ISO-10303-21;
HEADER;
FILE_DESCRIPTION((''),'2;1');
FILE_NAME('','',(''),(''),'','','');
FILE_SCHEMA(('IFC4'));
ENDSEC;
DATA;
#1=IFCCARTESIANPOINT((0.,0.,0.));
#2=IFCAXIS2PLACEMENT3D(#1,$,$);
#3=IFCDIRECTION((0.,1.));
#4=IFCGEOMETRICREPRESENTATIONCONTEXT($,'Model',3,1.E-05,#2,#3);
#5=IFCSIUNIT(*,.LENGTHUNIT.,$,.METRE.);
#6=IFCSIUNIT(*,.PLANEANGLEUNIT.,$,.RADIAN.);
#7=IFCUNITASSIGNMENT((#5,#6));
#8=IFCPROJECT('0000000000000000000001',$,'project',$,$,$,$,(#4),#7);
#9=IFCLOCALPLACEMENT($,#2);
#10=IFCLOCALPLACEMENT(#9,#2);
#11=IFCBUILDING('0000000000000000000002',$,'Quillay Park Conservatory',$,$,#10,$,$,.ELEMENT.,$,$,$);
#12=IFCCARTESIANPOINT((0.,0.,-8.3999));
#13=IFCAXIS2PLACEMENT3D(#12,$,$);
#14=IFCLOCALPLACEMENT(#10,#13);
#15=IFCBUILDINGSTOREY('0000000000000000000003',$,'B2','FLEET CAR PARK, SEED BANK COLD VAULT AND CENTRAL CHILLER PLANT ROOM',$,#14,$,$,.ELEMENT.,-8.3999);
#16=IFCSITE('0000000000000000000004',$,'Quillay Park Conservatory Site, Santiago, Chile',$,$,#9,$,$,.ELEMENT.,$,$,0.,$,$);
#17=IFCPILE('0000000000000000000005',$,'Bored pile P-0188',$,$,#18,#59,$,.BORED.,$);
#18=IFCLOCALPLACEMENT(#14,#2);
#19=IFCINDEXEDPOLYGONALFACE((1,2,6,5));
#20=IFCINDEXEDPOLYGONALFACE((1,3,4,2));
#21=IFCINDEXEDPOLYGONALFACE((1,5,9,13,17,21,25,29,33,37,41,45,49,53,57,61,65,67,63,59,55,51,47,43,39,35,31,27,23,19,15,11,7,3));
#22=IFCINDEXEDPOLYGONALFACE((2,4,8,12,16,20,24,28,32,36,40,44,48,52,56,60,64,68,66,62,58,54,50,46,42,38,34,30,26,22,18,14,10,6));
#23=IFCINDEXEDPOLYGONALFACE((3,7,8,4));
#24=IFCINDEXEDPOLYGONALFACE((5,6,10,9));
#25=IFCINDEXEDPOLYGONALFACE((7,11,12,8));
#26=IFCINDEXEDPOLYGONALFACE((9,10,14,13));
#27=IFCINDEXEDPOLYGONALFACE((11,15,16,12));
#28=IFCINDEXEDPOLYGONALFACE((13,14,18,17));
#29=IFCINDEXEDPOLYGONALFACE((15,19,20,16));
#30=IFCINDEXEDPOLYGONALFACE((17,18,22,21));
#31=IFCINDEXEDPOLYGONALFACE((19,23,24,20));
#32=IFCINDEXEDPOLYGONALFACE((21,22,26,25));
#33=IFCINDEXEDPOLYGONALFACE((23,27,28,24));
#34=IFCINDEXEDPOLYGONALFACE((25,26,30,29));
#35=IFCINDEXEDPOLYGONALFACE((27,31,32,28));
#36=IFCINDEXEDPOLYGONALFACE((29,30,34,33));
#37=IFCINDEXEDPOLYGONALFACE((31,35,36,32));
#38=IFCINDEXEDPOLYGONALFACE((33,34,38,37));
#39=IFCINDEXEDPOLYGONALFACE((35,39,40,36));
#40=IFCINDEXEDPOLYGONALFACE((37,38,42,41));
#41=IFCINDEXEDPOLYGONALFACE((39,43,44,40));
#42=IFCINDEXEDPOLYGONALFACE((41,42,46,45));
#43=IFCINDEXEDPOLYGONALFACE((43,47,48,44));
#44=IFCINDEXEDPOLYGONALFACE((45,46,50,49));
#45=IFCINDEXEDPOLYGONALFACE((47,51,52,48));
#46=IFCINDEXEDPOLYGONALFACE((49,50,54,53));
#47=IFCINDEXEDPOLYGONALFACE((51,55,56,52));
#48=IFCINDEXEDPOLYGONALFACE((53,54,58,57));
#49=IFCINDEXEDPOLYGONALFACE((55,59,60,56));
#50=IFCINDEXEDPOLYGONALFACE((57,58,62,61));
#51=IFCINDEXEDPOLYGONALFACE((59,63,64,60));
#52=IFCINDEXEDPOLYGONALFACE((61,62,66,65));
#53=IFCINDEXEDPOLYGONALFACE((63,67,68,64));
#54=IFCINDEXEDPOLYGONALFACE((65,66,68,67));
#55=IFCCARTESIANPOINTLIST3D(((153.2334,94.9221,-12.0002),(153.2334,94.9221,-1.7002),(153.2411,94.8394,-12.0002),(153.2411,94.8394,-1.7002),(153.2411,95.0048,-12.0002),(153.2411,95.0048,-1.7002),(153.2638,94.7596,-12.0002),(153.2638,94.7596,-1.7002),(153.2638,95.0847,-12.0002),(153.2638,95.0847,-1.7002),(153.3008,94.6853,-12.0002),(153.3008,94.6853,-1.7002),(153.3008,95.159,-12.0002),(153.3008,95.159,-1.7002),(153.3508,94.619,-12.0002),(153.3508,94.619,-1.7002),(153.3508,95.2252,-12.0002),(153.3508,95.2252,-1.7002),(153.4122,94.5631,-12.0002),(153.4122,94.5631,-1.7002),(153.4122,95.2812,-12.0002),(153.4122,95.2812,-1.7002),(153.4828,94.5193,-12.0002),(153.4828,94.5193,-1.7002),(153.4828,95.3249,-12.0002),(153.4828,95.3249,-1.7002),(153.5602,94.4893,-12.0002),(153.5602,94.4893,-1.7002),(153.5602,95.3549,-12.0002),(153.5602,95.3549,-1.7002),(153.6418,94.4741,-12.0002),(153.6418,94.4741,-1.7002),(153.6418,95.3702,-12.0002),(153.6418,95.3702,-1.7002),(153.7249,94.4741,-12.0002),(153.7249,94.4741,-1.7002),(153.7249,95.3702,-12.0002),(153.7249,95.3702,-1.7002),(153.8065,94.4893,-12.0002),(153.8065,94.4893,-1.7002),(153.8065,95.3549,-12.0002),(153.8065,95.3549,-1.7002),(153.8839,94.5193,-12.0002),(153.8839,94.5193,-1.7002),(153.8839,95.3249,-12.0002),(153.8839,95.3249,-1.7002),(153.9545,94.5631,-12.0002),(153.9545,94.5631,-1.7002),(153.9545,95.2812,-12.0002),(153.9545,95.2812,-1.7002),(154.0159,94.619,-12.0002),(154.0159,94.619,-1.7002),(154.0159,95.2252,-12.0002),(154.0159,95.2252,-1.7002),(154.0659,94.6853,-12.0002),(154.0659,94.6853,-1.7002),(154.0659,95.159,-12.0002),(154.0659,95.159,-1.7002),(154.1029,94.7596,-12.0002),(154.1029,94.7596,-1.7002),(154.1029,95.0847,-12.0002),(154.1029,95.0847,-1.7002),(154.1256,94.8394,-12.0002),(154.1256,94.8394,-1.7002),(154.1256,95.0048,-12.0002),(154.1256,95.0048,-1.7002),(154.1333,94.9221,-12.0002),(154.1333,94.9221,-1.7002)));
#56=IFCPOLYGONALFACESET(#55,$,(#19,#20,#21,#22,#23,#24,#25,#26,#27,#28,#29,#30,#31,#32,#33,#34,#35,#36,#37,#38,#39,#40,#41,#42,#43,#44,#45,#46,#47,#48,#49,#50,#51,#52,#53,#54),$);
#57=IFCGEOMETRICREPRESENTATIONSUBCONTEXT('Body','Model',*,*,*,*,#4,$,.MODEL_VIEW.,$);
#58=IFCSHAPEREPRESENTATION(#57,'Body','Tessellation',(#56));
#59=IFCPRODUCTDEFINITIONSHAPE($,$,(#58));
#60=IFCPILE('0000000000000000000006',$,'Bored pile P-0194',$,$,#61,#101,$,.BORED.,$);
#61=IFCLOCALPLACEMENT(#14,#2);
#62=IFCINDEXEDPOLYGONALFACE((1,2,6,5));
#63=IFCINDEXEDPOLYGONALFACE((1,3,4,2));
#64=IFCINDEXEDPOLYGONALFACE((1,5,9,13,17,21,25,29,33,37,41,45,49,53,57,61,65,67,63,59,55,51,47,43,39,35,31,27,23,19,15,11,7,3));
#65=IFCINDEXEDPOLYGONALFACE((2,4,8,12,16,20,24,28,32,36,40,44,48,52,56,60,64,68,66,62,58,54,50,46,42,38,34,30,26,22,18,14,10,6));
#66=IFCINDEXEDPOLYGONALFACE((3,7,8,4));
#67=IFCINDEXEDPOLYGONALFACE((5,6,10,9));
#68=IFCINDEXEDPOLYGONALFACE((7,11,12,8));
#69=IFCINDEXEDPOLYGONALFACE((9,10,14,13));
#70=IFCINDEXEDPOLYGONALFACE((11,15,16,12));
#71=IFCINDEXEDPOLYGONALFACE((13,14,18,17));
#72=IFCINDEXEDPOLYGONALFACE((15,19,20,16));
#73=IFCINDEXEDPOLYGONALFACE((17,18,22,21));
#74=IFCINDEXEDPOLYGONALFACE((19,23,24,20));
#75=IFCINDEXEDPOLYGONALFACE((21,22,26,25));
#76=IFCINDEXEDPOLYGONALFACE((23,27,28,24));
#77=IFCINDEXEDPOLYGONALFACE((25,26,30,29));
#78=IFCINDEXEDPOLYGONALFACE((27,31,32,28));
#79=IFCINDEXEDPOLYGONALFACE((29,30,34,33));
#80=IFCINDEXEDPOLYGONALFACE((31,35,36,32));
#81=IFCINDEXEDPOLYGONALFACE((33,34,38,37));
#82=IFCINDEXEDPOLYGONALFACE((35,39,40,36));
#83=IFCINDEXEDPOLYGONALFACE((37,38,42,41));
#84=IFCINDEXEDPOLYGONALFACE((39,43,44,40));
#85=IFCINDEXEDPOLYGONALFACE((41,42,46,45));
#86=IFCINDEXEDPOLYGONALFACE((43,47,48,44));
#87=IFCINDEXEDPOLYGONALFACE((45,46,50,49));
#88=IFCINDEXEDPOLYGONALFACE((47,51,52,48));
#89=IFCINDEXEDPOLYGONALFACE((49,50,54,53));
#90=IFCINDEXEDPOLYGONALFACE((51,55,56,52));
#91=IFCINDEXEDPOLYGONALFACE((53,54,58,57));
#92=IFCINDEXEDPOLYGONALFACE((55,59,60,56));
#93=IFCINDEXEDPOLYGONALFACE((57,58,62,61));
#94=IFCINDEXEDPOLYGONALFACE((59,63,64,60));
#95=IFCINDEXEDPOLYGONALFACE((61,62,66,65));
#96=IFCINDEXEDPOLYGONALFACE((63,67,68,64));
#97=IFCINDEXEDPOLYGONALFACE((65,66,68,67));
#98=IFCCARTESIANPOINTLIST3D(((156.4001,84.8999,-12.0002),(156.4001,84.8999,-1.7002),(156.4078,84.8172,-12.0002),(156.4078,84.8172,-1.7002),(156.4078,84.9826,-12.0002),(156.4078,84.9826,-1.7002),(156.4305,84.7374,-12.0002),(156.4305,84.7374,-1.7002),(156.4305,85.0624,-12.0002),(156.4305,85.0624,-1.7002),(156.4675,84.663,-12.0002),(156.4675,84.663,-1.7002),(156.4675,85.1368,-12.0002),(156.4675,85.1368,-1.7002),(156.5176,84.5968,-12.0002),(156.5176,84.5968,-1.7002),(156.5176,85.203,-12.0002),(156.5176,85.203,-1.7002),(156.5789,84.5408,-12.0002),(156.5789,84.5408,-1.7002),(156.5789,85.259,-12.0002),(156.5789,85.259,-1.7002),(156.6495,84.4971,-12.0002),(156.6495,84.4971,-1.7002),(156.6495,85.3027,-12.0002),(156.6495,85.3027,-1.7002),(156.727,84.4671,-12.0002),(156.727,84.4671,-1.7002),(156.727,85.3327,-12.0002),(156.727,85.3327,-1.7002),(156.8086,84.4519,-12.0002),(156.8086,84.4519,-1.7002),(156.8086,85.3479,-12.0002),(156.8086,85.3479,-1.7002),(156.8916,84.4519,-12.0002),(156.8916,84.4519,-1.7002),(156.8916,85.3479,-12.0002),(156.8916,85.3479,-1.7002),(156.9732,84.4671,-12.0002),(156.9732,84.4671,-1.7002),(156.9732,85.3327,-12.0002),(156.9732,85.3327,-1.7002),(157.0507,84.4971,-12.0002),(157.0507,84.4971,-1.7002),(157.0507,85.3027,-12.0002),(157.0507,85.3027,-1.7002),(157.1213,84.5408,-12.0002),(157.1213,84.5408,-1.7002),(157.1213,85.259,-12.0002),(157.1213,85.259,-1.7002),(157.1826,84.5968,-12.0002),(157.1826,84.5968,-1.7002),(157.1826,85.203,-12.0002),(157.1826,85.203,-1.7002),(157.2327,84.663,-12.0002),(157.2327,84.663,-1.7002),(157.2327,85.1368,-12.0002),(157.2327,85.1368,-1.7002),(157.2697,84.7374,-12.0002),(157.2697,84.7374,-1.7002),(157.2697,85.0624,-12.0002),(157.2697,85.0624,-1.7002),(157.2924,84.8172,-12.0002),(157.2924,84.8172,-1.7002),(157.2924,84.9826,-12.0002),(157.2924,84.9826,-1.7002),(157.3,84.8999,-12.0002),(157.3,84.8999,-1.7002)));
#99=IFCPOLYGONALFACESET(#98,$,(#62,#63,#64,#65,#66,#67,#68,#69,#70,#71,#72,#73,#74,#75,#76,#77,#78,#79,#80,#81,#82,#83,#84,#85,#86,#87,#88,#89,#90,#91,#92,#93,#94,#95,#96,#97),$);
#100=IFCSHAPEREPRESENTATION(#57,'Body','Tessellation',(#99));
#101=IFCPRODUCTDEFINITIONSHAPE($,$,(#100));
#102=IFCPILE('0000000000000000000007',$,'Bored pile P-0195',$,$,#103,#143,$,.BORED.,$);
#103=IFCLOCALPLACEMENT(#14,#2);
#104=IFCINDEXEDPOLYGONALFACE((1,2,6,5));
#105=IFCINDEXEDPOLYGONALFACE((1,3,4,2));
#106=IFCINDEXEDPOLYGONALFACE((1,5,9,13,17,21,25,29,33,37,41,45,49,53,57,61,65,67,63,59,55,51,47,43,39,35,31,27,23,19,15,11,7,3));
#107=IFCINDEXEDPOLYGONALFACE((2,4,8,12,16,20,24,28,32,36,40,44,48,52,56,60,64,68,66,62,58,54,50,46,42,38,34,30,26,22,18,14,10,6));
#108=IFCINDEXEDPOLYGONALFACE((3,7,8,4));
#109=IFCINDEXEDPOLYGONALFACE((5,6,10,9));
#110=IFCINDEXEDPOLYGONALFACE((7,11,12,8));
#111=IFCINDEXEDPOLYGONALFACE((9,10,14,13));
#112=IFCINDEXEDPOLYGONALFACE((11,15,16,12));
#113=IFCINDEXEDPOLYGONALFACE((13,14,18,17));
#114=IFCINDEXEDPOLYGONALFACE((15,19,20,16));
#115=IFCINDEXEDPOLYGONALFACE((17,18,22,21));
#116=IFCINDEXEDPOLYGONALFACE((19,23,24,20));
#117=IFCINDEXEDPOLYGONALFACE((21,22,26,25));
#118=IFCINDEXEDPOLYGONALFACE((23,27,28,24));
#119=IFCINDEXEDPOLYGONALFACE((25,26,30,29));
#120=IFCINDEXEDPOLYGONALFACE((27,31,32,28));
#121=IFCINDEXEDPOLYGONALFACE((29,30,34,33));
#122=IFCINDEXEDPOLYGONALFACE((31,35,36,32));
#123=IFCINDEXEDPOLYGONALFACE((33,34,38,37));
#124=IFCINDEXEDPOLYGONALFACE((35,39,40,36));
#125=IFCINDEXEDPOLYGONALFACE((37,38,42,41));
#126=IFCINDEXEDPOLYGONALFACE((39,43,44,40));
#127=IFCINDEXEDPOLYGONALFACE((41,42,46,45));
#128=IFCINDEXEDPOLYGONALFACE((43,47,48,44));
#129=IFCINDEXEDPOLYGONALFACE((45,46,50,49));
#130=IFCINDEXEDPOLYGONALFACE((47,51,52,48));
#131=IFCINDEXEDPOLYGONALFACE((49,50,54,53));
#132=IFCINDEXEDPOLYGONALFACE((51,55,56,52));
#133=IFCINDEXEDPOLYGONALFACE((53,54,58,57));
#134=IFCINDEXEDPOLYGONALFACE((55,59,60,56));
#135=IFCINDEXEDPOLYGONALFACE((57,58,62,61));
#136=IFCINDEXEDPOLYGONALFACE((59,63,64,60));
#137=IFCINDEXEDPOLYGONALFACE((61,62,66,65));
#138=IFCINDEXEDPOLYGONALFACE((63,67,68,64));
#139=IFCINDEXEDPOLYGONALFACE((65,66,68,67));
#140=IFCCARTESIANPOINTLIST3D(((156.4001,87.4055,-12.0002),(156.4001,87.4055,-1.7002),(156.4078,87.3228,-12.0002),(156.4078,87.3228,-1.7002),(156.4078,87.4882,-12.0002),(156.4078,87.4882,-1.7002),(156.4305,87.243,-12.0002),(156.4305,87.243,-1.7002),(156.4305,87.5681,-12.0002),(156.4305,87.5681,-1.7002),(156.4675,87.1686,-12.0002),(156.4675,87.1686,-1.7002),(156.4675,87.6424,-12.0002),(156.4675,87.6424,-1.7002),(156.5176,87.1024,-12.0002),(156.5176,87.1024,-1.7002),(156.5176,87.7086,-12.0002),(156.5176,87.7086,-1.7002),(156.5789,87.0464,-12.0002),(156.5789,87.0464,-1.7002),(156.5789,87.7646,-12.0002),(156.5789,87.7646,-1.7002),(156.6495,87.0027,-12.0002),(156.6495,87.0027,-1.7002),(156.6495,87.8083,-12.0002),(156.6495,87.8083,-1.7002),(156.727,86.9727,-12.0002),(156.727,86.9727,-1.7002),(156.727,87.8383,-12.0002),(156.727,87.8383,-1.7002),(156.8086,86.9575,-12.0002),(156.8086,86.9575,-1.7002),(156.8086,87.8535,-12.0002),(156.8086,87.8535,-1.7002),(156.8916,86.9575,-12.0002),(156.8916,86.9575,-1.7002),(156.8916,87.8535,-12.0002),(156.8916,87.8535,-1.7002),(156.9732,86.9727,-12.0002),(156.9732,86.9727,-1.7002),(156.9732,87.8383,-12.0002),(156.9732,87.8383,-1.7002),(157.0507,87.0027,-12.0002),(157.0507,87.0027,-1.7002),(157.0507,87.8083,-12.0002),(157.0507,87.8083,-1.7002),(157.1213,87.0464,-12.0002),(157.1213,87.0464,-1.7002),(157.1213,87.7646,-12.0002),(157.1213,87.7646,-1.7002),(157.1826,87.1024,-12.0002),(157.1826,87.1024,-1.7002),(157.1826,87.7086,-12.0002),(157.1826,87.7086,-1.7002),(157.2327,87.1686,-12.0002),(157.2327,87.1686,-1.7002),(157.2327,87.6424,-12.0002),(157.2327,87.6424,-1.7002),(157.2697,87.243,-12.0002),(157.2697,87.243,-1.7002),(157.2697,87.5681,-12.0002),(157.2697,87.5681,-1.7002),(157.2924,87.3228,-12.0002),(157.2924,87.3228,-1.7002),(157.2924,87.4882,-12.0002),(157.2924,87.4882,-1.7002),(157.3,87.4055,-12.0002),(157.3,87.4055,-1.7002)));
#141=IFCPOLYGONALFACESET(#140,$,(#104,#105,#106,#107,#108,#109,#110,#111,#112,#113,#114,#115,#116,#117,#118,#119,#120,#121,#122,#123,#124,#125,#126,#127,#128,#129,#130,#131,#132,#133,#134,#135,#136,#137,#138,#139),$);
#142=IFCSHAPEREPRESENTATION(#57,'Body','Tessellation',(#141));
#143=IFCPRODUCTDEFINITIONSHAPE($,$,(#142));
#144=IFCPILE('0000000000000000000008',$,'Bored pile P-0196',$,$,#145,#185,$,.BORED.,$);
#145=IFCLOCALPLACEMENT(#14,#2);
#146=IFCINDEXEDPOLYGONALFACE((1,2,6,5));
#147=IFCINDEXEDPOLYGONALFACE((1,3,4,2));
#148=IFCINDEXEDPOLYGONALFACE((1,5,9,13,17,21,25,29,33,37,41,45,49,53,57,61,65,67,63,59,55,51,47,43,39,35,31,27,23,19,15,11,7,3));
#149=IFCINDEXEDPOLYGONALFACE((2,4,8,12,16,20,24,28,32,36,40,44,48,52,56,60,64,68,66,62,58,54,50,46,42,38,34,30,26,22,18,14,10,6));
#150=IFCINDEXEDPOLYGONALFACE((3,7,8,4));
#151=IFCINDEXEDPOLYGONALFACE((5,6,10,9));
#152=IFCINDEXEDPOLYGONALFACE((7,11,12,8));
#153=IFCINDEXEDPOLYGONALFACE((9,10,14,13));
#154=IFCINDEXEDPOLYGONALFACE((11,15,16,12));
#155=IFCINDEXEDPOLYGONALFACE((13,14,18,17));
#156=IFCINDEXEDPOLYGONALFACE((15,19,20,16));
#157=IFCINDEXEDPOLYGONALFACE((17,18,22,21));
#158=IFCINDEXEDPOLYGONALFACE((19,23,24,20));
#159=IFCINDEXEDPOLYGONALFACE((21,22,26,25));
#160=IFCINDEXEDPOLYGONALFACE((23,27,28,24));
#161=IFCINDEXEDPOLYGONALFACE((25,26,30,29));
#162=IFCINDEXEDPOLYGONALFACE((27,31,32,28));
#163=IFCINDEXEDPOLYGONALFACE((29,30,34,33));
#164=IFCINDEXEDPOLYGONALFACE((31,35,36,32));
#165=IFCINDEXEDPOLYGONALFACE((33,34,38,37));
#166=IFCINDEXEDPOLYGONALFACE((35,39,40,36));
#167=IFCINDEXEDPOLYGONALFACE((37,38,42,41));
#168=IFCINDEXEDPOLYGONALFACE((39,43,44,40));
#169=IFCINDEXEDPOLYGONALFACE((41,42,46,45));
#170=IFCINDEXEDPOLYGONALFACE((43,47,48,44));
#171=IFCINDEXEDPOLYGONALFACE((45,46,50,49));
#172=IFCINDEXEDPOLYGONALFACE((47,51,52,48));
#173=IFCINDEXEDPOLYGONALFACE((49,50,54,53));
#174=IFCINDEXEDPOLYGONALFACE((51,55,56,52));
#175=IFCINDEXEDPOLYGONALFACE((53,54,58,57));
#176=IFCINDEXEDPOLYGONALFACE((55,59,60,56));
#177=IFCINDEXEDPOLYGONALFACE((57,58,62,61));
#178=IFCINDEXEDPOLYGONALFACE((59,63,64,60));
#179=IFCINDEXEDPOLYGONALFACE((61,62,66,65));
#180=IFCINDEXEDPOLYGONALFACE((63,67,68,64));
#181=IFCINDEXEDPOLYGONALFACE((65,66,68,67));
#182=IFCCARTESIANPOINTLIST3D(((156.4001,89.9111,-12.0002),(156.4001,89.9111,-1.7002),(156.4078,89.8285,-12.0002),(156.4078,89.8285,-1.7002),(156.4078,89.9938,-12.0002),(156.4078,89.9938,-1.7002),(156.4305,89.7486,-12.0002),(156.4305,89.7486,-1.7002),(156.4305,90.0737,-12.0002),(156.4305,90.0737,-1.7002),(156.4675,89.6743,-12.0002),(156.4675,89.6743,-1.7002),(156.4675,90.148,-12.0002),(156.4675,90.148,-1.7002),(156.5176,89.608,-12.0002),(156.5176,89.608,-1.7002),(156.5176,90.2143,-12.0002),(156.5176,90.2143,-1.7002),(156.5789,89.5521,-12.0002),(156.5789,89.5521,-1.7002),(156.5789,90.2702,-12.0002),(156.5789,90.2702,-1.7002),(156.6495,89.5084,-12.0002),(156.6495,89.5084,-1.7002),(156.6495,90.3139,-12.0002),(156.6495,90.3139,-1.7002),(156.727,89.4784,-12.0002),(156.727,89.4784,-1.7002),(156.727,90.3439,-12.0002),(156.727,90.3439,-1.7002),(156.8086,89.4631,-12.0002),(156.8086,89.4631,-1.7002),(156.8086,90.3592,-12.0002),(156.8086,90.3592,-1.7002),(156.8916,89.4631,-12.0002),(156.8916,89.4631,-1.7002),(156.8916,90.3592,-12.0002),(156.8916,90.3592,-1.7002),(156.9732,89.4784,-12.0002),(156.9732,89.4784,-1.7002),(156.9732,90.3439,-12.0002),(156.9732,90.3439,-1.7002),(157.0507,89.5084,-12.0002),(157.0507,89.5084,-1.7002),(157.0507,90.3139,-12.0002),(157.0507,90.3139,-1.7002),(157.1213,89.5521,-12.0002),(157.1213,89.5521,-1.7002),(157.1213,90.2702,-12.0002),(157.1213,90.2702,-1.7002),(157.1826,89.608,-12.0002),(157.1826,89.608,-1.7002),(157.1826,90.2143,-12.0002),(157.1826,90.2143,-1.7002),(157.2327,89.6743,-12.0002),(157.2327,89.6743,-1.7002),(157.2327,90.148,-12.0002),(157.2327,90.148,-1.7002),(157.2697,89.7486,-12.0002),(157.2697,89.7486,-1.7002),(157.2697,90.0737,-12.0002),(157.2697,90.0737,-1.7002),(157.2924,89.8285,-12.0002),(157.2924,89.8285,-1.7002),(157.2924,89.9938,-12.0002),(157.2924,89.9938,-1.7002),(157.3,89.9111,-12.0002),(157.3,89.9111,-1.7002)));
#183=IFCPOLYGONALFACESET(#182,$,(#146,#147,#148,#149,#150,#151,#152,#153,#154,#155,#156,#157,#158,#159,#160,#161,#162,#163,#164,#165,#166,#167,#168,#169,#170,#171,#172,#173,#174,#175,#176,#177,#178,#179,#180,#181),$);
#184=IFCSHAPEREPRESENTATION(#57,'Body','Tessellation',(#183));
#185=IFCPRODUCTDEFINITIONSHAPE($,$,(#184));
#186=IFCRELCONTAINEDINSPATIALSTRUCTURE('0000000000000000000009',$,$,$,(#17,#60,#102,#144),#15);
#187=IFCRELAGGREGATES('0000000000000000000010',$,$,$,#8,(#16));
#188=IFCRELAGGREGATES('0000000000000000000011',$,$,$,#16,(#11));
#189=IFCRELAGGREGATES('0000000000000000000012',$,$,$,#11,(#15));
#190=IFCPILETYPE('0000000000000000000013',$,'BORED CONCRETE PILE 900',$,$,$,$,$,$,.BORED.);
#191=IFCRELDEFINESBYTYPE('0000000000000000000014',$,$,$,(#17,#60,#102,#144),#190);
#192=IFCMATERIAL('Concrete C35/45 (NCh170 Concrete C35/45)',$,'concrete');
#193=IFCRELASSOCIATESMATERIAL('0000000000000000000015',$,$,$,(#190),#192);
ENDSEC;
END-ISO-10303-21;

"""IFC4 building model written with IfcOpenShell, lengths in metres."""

from ifc_helpers import new_model, si_unit, direction, frame, origin, origin_2d, place, context, subcontext, project, spatial, circle, extrude, material, material_profile, profile_set, type_object, element, save


model = new_model("IFC4")

# Units and contexts
model_context = context("Model", 3, precision=1e-05, world=origin(), true_north=direction((0.0, 1.0)))
body_context = subcontext(model_context, "Body", "Model", "MODEL_VIEW")
ifc_project = project(units=[si_unit("LENGTHUNIT", "METRE"), si_unit("PLANEANGLEUNIT", "RADIAN")], contexts=[model_context])

# Site, building, storey
site_placement = place(None, origin())
site = spatial("IfcSite", under=ifc_project, at=site_placement, Name="Quillay Park Conservatory Site, Santiago, Chile", CompositionType="ELEMENT", RefElevation=0.0)
building_placement = place(site_placement, origin())
building = spatial("IfcBuilding", under=site, at=building_placement, Name="Quillay Park Conservatory", CompositionType="ELEMENT")
storey_placement = place(building_placement, frame((0.0, 0.0, -8.3999)))
storey = spatial("IfcBuildingStorey", under=building, at=storey_placement, Name="B2", Description="FLEET CAR PARK, SEED BANK COLD VAULT AND CENTRAL CHILLER PLANT ROOM", CompositionType="ELEMENT", Elevation=-8.3999)

# Piles
ifc_material_1 = material(Name="Concrete C35/45 (NCh170 Concrete C35/45)", Category="concrete")
ifc_material_profile_1 = material_profile(ifc_material_1, circle(Radius=0.45, at=origin_2d()), Name="PILE900")
ifc_profile_set_1 = profile_set([ifc_material_profile_1], Name="Concrete C35/45 (NCh170 Concrete C35/45)")
pile_type = type_object("IfcPileType", Name="BORED CONCRETE PILE 900", PredefinedType="BORED", material=ifc_profile_set_1)
for number, where, z_axis, x_axis, name in (
    (1, (153.6833, 94.9221, -1.7002), (0.0, 0.0, -1.0), (1.0, 0.0, 0.0), "Bored pile P-0188"),
    (2, (156.8501, 84.8999, -1.7002), (0.0, 0.0, -1.0), (1.0, 0.0, 0.0), "Bored pile P-0194"),
    (3, (156.8501, 87.4055, -1.7002), (0.0, 0.0, -1.0), (1.0, 0.0, 0.0), "Bored pile P-0195"),
    (4, (156.8501, 89.9111, -1.7002), (0.0, 0.0, -1.0), (1.0, 0.0, 0.0), "Bored pile P-0196"),
):
    element("IfcPile", number, at=place(storey_placement, frame(where, z_axis=z_axis, x_axis=x_axis)), inside=storey, type_object=pile_type, Name=name, PredefinedType="BORED", context=body_context, shape_type="SweptSolid", body=[
        extrude(circle(Radius=0.45, at=origin_2d()), origin(), (0.0, 0.0, 1.0), 10.3),
    ])

save(model, "model.ifc")
